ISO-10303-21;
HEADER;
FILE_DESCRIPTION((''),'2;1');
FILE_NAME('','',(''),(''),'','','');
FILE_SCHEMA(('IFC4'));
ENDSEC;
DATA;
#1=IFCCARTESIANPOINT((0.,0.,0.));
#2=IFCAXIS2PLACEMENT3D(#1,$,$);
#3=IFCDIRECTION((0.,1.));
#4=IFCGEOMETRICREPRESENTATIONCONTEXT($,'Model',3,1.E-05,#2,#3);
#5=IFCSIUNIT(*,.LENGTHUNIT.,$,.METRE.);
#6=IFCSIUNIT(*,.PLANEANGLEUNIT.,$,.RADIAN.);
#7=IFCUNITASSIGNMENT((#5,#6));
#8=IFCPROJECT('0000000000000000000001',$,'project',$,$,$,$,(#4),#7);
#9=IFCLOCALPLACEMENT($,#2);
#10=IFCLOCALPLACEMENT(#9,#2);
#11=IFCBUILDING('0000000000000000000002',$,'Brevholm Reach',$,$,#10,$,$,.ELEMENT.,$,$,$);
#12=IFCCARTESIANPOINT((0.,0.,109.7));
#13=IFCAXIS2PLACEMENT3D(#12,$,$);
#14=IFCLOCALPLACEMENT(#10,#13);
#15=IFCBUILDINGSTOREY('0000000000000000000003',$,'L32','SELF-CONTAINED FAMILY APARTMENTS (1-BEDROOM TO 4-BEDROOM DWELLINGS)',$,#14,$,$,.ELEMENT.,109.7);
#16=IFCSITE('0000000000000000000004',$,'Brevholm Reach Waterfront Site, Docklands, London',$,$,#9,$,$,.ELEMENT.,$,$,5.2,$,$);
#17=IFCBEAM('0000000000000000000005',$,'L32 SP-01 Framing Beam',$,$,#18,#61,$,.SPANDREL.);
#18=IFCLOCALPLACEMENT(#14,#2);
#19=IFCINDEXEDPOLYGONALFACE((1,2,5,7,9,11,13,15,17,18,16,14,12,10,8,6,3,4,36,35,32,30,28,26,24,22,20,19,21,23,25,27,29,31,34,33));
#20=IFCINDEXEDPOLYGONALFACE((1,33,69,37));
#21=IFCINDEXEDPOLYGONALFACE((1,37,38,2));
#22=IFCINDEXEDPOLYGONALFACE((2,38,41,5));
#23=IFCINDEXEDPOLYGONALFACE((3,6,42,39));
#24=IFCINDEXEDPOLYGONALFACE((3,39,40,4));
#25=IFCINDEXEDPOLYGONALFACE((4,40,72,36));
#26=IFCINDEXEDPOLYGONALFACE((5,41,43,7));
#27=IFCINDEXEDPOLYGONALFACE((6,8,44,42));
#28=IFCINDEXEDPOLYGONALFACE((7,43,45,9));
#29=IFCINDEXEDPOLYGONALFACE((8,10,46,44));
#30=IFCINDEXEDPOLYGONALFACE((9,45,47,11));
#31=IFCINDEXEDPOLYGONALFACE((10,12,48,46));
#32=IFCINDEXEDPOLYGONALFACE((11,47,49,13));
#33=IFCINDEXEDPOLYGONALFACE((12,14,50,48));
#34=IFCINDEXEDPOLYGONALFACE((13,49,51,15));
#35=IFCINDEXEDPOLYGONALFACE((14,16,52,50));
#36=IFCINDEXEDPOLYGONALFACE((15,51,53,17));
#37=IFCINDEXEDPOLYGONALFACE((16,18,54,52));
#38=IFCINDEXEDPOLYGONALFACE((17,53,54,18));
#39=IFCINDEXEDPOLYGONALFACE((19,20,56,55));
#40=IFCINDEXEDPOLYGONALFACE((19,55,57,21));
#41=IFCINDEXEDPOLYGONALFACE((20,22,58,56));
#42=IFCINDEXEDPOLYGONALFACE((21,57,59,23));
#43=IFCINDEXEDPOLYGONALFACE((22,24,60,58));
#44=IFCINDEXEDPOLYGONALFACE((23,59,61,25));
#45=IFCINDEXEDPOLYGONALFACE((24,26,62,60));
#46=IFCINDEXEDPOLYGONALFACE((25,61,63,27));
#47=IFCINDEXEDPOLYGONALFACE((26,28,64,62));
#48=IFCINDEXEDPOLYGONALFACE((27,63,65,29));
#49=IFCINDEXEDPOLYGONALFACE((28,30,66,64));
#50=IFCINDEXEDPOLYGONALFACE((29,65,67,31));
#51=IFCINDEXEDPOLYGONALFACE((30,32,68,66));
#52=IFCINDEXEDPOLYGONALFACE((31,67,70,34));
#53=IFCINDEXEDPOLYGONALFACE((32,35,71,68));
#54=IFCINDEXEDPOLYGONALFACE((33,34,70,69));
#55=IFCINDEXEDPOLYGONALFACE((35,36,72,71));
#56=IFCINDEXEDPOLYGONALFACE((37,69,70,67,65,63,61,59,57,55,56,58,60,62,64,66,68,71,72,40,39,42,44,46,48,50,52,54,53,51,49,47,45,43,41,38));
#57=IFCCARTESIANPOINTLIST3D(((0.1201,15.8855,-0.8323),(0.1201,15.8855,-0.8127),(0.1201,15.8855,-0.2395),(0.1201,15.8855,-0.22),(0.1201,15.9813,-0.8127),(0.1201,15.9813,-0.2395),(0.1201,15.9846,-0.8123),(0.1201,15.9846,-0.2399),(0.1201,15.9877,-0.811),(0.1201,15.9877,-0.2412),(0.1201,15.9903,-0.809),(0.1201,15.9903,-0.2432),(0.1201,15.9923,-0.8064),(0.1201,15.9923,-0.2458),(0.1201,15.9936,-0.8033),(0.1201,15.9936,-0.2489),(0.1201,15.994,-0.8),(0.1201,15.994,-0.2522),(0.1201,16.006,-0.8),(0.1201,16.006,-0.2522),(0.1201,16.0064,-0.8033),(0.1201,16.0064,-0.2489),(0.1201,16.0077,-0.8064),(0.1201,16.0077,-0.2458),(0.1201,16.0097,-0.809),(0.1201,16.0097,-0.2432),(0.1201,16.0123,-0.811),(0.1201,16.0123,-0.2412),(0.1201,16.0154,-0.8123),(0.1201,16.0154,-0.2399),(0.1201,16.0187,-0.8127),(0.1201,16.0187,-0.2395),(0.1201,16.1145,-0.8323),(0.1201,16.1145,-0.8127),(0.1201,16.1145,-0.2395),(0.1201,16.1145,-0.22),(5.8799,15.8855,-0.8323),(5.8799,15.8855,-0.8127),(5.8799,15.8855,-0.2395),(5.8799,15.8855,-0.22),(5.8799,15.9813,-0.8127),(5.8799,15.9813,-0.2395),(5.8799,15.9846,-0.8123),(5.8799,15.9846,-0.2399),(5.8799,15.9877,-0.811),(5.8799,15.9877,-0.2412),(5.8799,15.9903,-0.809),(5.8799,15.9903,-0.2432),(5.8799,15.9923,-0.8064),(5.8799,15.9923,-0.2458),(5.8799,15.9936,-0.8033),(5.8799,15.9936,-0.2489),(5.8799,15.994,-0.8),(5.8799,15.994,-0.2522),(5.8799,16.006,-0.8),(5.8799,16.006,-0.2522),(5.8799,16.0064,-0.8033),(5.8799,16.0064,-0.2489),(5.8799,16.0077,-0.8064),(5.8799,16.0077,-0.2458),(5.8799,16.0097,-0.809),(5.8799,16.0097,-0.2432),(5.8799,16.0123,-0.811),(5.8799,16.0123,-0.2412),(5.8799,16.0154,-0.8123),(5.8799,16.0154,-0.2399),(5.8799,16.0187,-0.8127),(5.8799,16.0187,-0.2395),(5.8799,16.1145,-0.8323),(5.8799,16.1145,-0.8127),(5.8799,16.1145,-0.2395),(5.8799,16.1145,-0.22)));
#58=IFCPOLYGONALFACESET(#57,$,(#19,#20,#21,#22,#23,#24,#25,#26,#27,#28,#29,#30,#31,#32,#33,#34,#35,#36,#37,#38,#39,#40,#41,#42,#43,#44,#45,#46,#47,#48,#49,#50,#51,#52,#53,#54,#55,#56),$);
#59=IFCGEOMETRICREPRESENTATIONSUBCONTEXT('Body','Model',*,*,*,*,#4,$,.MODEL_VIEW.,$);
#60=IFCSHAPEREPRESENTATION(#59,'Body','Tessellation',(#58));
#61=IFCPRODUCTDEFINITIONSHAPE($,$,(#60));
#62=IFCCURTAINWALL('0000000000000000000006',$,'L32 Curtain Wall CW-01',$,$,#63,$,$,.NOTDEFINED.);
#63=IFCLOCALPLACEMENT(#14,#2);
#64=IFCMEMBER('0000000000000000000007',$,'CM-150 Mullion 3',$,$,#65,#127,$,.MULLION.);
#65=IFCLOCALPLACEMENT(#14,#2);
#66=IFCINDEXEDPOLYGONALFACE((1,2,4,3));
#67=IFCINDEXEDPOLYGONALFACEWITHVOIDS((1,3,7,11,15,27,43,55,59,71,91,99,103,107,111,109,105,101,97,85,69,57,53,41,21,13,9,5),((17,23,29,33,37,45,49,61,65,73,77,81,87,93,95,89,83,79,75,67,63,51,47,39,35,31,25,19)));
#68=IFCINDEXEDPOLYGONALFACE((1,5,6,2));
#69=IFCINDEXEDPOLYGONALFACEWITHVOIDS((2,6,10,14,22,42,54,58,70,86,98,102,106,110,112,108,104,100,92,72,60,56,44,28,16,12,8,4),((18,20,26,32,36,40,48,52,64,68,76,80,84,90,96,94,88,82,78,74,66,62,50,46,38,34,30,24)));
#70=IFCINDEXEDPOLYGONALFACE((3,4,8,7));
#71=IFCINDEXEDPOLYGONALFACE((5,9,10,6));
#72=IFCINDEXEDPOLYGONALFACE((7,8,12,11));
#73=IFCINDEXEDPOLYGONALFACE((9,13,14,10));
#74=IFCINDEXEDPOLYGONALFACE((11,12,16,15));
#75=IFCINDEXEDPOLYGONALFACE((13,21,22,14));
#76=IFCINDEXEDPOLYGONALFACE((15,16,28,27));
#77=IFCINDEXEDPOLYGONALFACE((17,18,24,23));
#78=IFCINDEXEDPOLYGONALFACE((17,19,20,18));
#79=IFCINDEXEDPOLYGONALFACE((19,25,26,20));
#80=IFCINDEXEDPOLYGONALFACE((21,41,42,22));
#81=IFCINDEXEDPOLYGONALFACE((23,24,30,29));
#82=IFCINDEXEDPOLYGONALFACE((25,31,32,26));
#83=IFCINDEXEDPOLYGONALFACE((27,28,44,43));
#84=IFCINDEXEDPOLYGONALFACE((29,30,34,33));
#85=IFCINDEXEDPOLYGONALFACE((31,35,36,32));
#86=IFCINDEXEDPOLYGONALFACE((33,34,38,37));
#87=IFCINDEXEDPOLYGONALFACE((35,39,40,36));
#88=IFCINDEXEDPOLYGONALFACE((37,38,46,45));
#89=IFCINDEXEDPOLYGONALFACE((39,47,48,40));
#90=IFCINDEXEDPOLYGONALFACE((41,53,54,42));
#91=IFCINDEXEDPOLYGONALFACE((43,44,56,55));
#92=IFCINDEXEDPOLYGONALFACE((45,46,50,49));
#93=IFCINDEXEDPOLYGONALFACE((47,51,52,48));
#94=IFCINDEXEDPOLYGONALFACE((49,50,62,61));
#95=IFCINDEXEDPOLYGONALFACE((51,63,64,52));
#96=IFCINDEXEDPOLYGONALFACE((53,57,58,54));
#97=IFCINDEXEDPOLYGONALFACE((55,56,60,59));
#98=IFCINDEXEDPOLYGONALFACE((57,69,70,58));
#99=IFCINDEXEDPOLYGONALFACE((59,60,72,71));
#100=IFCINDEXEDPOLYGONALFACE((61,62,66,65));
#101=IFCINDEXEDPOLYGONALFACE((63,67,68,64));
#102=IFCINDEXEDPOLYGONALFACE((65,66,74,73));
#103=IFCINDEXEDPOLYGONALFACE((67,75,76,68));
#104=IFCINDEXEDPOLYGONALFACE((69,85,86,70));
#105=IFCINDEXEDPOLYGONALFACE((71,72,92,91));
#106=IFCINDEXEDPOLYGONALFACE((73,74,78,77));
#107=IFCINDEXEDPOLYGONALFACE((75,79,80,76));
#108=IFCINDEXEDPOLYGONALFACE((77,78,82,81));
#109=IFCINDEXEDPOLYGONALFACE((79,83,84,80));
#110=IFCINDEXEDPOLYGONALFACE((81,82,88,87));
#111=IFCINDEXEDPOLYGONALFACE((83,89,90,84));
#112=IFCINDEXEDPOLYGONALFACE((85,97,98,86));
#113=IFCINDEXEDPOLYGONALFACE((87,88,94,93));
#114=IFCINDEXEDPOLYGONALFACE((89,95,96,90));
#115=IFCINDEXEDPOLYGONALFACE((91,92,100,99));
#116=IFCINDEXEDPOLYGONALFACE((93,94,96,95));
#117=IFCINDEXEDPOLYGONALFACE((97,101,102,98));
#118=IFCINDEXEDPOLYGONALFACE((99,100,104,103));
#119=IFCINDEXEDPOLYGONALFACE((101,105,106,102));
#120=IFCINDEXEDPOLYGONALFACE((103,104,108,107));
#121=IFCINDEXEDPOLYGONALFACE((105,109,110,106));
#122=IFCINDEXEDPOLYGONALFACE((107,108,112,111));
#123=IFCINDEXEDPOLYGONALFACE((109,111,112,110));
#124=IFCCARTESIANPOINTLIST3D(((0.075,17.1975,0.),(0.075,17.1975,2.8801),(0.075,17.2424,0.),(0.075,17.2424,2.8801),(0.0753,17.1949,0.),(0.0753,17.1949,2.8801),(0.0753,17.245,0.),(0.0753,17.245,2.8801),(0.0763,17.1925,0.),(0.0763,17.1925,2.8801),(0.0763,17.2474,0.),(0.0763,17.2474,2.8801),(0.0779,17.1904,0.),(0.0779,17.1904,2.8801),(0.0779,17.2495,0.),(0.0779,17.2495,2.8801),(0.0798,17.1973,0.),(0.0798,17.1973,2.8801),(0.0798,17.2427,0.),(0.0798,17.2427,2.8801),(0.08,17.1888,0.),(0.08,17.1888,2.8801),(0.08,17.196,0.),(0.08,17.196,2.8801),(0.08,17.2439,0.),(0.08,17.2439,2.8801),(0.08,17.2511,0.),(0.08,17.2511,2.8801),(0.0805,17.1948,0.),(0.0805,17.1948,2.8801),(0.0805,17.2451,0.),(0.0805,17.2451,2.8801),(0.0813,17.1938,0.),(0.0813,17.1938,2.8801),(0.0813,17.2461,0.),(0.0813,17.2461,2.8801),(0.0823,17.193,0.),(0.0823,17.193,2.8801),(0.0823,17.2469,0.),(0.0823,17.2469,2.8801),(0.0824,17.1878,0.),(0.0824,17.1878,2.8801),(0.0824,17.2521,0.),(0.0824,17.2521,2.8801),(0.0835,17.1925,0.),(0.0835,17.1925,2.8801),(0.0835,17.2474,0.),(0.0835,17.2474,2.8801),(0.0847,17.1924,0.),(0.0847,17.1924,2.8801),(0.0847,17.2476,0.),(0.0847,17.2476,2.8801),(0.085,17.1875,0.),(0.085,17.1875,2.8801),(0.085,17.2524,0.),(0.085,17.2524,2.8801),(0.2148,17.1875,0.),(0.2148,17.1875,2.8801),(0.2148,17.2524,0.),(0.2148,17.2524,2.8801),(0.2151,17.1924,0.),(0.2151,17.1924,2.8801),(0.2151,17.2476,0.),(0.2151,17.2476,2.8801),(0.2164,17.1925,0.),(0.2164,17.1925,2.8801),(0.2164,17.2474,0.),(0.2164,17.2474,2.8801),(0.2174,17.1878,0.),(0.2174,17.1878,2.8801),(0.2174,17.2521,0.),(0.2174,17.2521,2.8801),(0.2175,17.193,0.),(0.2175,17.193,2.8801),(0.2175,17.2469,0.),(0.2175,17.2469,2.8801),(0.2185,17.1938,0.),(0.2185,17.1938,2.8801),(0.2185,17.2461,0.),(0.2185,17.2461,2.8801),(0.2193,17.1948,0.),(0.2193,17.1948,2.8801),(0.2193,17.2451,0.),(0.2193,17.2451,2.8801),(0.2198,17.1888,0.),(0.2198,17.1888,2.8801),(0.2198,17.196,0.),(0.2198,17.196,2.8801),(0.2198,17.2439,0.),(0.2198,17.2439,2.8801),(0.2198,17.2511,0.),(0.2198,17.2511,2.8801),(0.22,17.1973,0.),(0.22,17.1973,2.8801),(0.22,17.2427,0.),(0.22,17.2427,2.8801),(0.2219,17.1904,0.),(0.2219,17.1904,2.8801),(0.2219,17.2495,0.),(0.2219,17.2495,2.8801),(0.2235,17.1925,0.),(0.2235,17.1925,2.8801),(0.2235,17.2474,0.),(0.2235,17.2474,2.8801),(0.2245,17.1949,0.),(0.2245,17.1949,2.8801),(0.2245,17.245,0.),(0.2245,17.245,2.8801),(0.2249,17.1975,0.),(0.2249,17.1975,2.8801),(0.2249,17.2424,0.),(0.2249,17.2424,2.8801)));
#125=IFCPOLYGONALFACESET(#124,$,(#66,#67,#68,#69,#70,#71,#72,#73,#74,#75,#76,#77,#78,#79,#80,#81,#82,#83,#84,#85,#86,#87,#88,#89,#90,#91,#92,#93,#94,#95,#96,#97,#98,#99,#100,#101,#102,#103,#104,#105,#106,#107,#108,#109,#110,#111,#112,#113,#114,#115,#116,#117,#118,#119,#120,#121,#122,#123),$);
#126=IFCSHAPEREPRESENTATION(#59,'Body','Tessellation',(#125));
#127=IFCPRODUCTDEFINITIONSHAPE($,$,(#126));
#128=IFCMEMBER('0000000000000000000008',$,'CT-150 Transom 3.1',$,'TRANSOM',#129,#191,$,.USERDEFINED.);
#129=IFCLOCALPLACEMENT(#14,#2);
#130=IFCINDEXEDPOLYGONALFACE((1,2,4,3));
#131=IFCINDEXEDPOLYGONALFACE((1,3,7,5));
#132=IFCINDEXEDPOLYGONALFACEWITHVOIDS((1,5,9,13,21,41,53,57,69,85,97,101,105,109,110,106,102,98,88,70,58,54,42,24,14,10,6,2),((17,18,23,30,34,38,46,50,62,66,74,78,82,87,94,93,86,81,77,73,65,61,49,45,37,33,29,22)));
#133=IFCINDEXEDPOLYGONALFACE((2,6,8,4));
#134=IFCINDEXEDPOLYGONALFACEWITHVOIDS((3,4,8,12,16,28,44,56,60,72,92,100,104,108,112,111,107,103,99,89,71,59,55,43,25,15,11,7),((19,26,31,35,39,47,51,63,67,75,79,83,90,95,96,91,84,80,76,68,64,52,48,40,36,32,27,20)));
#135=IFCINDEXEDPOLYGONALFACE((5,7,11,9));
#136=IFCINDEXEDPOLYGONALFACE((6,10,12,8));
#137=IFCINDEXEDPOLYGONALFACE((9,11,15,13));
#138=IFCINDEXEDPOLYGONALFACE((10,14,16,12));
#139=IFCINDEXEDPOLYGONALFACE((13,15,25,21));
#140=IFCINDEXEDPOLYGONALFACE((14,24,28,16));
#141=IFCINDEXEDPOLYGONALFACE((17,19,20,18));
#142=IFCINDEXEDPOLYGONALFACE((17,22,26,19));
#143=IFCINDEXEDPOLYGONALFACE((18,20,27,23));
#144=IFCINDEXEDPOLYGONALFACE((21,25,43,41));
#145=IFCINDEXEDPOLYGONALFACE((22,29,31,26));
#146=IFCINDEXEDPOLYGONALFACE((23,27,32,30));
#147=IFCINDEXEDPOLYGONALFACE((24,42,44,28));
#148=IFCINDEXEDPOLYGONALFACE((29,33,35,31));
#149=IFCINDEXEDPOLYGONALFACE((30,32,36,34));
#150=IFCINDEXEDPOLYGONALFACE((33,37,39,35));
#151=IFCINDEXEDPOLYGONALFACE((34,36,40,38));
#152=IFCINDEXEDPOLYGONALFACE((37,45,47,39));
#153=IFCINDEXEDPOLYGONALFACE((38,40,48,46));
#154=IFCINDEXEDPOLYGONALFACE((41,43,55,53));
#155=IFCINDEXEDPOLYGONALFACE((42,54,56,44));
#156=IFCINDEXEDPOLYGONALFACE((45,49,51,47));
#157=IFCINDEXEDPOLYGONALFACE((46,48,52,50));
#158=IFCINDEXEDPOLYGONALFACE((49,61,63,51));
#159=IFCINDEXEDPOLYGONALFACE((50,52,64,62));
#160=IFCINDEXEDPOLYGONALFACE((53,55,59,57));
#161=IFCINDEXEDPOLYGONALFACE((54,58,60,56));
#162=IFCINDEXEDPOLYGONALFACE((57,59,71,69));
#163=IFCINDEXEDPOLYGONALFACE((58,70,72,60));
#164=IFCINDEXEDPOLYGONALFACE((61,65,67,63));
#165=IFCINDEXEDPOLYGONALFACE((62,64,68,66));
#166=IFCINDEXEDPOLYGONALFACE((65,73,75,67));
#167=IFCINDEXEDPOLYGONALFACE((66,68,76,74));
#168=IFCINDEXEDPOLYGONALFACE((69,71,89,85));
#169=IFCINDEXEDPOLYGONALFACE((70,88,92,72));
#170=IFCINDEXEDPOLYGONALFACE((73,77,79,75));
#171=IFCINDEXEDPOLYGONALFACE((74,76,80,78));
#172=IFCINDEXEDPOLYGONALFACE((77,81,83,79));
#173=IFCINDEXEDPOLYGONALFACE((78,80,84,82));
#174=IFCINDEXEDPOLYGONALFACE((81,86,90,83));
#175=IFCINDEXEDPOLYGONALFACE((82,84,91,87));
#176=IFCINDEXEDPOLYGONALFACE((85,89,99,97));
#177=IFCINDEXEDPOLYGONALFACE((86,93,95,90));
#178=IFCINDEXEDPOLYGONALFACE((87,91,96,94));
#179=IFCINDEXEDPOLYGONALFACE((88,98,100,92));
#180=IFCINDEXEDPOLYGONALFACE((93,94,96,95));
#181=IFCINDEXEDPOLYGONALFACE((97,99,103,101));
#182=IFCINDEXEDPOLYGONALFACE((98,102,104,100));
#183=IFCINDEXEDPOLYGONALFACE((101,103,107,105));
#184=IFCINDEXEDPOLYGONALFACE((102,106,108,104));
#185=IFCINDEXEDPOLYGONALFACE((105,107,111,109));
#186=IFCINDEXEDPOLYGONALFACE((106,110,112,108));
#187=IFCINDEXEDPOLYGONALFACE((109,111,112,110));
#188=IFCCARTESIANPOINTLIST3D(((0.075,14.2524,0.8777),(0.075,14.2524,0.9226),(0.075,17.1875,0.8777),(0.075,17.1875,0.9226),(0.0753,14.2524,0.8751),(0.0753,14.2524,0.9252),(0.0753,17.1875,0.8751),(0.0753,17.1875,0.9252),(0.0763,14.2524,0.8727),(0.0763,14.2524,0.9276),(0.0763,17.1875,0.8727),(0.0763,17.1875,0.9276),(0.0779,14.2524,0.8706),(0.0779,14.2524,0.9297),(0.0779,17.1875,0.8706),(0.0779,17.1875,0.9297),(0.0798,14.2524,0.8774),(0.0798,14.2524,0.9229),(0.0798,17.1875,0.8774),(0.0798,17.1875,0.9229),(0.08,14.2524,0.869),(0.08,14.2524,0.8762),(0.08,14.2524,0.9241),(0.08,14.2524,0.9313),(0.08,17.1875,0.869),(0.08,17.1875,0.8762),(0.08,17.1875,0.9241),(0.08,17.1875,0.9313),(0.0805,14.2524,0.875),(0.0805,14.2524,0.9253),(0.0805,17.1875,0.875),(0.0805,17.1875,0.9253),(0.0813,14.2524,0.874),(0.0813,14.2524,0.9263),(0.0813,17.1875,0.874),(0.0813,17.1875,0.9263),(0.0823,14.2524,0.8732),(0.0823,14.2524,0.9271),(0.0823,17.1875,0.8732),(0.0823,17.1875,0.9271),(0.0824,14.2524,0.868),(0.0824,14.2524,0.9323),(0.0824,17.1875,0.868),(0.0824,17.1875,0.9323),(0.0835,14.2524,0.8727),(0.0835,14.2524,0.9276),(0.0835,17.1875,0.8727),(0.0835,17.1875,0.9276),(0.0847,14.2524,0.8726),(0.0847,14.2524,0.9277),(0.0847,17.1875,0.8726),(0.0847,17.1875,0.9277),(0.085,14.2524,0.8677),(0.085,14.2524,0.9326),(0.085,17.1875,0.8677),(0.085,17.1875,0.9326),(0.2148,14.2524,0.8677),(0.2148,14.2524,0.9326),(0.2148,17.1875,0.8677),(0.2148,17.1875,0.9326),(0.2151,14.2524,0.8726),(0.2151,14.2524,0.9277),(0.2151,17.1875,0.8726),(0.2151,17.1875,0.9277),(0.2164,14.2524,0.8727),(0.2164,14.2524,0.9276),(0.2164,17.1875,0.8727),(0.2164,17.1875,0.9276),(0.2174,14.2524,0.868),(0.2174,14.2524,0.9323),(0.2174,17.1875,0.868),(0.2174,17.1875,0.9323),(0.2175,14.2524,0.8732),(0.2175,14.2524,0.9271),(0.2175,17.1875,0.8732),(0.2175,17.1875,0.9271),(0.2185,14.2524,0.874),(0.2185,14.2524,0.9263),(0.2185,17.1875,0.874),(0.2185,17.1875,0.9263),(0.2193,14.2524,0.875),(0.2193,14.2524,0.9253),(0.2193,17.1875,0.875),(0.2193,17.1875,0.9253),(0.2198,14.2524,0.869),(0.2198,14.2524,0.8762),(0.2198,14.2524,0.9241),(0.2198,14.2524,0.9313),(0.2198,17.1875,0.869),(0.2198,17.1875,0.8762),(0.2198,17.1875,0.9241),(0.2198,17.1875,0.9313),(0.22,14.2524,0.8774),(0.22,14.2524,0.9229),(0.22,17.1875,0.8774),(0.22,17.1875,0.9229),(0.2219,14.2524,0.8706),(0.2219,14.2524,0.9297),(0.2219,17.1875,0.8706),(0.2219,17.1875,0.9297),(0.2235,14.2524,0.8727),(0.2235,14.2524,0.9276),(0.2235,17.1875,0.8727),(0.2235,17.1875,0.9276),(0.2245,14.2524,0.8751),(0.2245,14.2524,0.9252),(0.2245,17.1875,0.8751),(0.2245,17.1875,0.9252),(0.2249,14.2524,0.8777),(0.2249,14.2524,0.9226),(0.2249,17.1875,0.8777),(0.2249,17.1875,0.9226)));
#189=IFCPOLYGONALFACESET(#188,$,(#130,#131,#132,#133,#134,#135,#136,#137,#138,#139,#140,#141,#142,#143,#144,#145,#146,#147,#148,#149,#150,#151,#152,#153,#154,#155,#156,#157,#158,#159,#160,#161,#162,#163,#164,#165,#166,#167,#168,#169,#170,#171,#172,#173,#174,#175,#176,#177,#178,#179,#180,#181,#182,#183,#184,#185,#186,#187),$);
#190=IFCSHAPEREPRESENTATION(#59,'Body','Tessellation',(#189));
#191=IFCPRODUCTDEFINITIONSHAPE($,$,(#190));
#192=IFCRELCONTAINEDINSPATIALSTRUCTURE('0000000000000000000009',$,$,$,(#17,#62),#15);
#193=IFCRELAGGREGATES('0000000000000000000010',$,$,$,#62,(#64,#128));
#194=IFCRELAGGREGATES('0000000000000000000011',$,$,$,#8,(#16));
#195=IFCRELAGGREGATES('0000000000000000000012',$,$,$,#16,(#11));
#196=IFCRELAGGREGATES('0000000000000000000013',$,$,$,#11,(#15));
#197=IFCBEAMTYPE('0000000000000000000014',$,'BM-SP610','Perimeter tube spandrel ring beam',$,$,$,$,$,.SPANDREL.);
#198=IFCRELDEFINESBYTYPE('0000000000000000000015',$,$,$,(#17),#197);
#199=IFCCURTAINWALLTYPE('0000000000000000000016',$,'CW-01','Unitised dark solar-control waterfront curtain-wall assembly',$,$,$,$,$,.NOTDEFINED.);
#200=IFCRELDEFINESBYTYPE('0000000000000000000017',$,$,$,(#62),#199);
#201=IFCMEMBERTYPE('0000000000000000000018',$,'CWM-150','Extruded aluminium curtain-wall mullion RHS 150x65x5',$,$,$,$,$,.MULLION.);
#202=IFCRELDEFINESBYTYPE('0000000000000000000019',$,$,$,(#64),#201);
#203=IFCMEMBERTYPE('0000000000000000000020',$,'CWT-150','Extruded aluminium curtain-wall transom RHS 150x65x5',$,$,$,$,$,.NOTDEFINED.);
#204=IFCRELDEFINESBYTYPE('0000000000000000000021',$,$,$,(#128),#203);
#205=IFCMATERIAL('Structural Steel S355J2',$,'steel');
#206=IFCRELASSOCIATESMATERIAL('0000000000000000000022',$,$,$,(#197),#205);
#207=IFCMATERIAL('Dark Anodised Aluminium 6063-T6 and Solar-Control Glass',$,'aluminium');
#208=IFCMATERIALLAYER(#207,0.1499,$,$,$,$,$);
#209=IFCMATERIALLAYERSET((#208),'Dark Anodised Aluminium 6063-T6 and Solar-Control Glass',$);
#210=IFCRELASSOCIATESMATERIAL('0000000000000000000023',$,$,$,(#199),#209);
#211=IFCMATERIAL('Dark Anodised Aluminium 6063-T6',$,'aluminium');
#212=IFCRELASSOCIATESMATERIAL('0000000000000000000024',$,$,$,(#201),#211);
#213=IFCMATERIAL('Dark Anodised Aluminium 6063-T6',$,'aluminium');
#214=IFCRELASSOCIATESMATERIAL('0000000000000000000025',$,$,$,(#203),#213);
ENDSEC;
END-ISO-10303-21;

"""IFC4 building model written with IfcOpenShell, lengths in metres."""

from ifc_helpers import new_model, si_unit, direction, frame, origin, origin_2d, place, context, subcontext, project, spatial, hollow_rectangle, i_section, extrude, material, layer, layer_set, material_profile, profile_set, type_object, element, aggregate, save


model = new_model("IFC4")

# Units and contexts
model_context = context("Model", 3, precision=1e-05, world=origin(), true_north=direction((0.0, 1.0)))
body_context = subcontext(model_context, "Body", "Model", "MODEL_VIEW")
ifc_project = project(units=[si_unit("LENGTHUNIT", "METRE"), si_unit("PLANEANGLEUNIT", "RADIAN")], contexts=[model_context])

# Site, building, storey
site_placement = place(None, origin())
site = spatial("IfcSite", under=ifc_project, at=site_placement, Name="Brevholm Reach Waterfront Site, Docklands, London", CompositionType="ELEMENT", RefElevation=5.2)
building_placement = place(site_placement, origin())
building = spatial("IfcBuilding", under=site, at=building_placement, Name="Brevholm Reach", CompositionType="ELEMENT")
storey_placement = place(building_placement, frame((0.0, 0.0, 109.7)))
storey = spatial("IfcBuildingStorey", under=building, at=storey_placement, Name="L32", Description="SELF-CONTAINED FAMILY APARTMENTS (1-BEDROOM TO 4-BEDROOM DWELLINGS)", CompositionType="ELEMENT", Elevation=109.7)

# Beam
ifc_material_1 = material(Name="Structural Steel S355J2", Category="steel")
ifc_material_profile_1 = material_profile(ifc_material_1, i_section(OverallWidth=0.229, OverallDepth=0.6123, WebThickness=0.012, FlangeThickness=0.0195, FilletRadius=0.0127, at=origin_2d()), Name="UKB 610x229x125")
ifc_profile_set_1 = profile_set([ifc_material_profile_1], Name="Structural Steel S355J2")
beam_type_1 = type_object("IfcBeamType", Name="BM-SP610", Description="Perimeter tube spandrel ring beam", PredefinedType="SPANDREL", material=ifc_profile_set_1)
beam_1_placement = place(storey_placement, frame((0.1201, 16.0, -0.5261), z_axis=(1.0, 0.0, 0.0), x_axis=(0.0, 1.0, 0.0)))
element("IfcBeam", 1, at=beam_1_placement, inside=storey, type_object=beam_type_1, Name="L32 SP-01 Framing Beam", PredefinedType="SPANDREL", context=body_context, shape_type="SweptSolid", body=[
    extrude(i_section(OverallWidth=0.229, OverallDepth=0.6123, WebThickness=0.012, FlangeThickness=0.0195, FilletRadius=0.0127, at=origin_2d()), origin(), (0.0, 0.0, 1.0), 5.7598),
])

# Curtain wall, members
ifc_material_2 = material(Name="Dark Anodised Aluminium 6063-T6 and Solar-Control Glass", Category="aluminium")
ifc_layer_1 = layer(ifc_material_2, 0.1499)
ifc_layer_set_1 = layer_set([ifc_layer_1], Name="Dark Anodised Aluminium 6063-T6 and Solar-Control Glass")
curtain_wall_type = type_object("IfcCurtainWallType", Name="CW-01", Description="Unitised dark solar-control waterfront curtain-wall assembly", PredefinedType="NOTDEFINED", material=ifc_layer_set_1)
curtain_wall_placement = place(storey_placement, origin())
curtain_wall = element("IfcCurtainWall", 2, at=curtain_wall_placement, inside=storey, type_object=curtain_wall_type, Name="L32 Curtain Wall CW-01", PredefinedType="NOTDEFINED")
ifc_material_3 = material(Name="Dark Anodised Aluminium 6063-T6", Category="aluminium")
ifc_material_profile_2 = material_profile(ifc_material_3, hollow_rectangle(XDim=0.0649, YDim=0.1499, WallThickness=0.0049, InnerFilletRadius=0.0049, OuterFilletRadius=0.01, at=origin_2d()), Name="RHS 150x65x5")
ifc_profile_set_2 = profile_set([ifc_material_profile_2], Name="Dark Anodised Aluminium 6063-T6")
member_type_1 = type_object("IfcMemberType", Name="CWM-150", Description="Extruded aluminium curtain-wall mullion RHS 150x65x5", PredefinedType="MULLION", material=ifc_profile_set_2)
member_1_placement = place(storey_placement, frame((0.1499, 17.22, 0.0), z_axis=(0.0, 0.0, 1.0), x_axis=(0.0, -1.0, 0.0)))
member_1 = element("IfcMember", 3, at=member_1_placement, type_object=member_type_1, Name="CM-150 Mullion 3", PredefinedType="MULLION", context=body_context, shape_type="SweptSolid", body=[
    extrude(hollow_rectangle(XDim=0.0649, YDim=0.1499, WallThickness=0.0049, InnerFilletRadius=0.0049, OuterFilletRadius=0.01, at=origin_2d()), origin(), (0.0, 0.0, 1.0), 2.8801),
])
ifc_material_4 = material(Name="Dark Anodised Aluminium 6063-T6", Category="aluminium")
ifc_material_profile_3 = material_profile(ifc_material_4, hollow_rectangle(XDim=0.0649, YDim=0.1499, WallThickness=0.0049, InnerFilletRadius=0.0049, OuterFilletRadius=0.01, at=origin_2d()), Name="RHS 150x65x5")
ifc_profile_set_3 = profile_set([ifc_material_profile_3], Name="Dark Anodised Aluminium 6063-T6")
member_type_2 = type_object("IfcMemberType", Name="CWT-150", Description="Extruded aluminium curtain-wall transom RHS 150x65x5", PredefinedType="NOTDEFINED", material=ifc_profile_set_3)
member_2_placement = place(storey_placement, frame((0.1499, 17.1875, 0.9001), z_axis=(0.0, -1.0, 0.0), x_axis=(0.0, 0.0, 1.0)))
member_2 = element("IfcMember", 4, at=member_2_placement, type_object=member_type_2, Name="CT-150 Transom 3.1", ObjectType="TRANSOM", PredefinedType="USERDEFINED", context=body_context, shape_type="SweptSolid", body=[
    extrude(hollow_rectangle(XDim=0.0649, YDim=0.1499, WallThickness=0.0049, InnerFilletRadius=0.0049, OuterFilletRadius=0.01, at=origin_2d()), origin(), (0.0, 0.0, 1.0), 2.9351),
])
aggregate(curtain_wall, [member_1, member_2])

save(model, "model.ifc")
